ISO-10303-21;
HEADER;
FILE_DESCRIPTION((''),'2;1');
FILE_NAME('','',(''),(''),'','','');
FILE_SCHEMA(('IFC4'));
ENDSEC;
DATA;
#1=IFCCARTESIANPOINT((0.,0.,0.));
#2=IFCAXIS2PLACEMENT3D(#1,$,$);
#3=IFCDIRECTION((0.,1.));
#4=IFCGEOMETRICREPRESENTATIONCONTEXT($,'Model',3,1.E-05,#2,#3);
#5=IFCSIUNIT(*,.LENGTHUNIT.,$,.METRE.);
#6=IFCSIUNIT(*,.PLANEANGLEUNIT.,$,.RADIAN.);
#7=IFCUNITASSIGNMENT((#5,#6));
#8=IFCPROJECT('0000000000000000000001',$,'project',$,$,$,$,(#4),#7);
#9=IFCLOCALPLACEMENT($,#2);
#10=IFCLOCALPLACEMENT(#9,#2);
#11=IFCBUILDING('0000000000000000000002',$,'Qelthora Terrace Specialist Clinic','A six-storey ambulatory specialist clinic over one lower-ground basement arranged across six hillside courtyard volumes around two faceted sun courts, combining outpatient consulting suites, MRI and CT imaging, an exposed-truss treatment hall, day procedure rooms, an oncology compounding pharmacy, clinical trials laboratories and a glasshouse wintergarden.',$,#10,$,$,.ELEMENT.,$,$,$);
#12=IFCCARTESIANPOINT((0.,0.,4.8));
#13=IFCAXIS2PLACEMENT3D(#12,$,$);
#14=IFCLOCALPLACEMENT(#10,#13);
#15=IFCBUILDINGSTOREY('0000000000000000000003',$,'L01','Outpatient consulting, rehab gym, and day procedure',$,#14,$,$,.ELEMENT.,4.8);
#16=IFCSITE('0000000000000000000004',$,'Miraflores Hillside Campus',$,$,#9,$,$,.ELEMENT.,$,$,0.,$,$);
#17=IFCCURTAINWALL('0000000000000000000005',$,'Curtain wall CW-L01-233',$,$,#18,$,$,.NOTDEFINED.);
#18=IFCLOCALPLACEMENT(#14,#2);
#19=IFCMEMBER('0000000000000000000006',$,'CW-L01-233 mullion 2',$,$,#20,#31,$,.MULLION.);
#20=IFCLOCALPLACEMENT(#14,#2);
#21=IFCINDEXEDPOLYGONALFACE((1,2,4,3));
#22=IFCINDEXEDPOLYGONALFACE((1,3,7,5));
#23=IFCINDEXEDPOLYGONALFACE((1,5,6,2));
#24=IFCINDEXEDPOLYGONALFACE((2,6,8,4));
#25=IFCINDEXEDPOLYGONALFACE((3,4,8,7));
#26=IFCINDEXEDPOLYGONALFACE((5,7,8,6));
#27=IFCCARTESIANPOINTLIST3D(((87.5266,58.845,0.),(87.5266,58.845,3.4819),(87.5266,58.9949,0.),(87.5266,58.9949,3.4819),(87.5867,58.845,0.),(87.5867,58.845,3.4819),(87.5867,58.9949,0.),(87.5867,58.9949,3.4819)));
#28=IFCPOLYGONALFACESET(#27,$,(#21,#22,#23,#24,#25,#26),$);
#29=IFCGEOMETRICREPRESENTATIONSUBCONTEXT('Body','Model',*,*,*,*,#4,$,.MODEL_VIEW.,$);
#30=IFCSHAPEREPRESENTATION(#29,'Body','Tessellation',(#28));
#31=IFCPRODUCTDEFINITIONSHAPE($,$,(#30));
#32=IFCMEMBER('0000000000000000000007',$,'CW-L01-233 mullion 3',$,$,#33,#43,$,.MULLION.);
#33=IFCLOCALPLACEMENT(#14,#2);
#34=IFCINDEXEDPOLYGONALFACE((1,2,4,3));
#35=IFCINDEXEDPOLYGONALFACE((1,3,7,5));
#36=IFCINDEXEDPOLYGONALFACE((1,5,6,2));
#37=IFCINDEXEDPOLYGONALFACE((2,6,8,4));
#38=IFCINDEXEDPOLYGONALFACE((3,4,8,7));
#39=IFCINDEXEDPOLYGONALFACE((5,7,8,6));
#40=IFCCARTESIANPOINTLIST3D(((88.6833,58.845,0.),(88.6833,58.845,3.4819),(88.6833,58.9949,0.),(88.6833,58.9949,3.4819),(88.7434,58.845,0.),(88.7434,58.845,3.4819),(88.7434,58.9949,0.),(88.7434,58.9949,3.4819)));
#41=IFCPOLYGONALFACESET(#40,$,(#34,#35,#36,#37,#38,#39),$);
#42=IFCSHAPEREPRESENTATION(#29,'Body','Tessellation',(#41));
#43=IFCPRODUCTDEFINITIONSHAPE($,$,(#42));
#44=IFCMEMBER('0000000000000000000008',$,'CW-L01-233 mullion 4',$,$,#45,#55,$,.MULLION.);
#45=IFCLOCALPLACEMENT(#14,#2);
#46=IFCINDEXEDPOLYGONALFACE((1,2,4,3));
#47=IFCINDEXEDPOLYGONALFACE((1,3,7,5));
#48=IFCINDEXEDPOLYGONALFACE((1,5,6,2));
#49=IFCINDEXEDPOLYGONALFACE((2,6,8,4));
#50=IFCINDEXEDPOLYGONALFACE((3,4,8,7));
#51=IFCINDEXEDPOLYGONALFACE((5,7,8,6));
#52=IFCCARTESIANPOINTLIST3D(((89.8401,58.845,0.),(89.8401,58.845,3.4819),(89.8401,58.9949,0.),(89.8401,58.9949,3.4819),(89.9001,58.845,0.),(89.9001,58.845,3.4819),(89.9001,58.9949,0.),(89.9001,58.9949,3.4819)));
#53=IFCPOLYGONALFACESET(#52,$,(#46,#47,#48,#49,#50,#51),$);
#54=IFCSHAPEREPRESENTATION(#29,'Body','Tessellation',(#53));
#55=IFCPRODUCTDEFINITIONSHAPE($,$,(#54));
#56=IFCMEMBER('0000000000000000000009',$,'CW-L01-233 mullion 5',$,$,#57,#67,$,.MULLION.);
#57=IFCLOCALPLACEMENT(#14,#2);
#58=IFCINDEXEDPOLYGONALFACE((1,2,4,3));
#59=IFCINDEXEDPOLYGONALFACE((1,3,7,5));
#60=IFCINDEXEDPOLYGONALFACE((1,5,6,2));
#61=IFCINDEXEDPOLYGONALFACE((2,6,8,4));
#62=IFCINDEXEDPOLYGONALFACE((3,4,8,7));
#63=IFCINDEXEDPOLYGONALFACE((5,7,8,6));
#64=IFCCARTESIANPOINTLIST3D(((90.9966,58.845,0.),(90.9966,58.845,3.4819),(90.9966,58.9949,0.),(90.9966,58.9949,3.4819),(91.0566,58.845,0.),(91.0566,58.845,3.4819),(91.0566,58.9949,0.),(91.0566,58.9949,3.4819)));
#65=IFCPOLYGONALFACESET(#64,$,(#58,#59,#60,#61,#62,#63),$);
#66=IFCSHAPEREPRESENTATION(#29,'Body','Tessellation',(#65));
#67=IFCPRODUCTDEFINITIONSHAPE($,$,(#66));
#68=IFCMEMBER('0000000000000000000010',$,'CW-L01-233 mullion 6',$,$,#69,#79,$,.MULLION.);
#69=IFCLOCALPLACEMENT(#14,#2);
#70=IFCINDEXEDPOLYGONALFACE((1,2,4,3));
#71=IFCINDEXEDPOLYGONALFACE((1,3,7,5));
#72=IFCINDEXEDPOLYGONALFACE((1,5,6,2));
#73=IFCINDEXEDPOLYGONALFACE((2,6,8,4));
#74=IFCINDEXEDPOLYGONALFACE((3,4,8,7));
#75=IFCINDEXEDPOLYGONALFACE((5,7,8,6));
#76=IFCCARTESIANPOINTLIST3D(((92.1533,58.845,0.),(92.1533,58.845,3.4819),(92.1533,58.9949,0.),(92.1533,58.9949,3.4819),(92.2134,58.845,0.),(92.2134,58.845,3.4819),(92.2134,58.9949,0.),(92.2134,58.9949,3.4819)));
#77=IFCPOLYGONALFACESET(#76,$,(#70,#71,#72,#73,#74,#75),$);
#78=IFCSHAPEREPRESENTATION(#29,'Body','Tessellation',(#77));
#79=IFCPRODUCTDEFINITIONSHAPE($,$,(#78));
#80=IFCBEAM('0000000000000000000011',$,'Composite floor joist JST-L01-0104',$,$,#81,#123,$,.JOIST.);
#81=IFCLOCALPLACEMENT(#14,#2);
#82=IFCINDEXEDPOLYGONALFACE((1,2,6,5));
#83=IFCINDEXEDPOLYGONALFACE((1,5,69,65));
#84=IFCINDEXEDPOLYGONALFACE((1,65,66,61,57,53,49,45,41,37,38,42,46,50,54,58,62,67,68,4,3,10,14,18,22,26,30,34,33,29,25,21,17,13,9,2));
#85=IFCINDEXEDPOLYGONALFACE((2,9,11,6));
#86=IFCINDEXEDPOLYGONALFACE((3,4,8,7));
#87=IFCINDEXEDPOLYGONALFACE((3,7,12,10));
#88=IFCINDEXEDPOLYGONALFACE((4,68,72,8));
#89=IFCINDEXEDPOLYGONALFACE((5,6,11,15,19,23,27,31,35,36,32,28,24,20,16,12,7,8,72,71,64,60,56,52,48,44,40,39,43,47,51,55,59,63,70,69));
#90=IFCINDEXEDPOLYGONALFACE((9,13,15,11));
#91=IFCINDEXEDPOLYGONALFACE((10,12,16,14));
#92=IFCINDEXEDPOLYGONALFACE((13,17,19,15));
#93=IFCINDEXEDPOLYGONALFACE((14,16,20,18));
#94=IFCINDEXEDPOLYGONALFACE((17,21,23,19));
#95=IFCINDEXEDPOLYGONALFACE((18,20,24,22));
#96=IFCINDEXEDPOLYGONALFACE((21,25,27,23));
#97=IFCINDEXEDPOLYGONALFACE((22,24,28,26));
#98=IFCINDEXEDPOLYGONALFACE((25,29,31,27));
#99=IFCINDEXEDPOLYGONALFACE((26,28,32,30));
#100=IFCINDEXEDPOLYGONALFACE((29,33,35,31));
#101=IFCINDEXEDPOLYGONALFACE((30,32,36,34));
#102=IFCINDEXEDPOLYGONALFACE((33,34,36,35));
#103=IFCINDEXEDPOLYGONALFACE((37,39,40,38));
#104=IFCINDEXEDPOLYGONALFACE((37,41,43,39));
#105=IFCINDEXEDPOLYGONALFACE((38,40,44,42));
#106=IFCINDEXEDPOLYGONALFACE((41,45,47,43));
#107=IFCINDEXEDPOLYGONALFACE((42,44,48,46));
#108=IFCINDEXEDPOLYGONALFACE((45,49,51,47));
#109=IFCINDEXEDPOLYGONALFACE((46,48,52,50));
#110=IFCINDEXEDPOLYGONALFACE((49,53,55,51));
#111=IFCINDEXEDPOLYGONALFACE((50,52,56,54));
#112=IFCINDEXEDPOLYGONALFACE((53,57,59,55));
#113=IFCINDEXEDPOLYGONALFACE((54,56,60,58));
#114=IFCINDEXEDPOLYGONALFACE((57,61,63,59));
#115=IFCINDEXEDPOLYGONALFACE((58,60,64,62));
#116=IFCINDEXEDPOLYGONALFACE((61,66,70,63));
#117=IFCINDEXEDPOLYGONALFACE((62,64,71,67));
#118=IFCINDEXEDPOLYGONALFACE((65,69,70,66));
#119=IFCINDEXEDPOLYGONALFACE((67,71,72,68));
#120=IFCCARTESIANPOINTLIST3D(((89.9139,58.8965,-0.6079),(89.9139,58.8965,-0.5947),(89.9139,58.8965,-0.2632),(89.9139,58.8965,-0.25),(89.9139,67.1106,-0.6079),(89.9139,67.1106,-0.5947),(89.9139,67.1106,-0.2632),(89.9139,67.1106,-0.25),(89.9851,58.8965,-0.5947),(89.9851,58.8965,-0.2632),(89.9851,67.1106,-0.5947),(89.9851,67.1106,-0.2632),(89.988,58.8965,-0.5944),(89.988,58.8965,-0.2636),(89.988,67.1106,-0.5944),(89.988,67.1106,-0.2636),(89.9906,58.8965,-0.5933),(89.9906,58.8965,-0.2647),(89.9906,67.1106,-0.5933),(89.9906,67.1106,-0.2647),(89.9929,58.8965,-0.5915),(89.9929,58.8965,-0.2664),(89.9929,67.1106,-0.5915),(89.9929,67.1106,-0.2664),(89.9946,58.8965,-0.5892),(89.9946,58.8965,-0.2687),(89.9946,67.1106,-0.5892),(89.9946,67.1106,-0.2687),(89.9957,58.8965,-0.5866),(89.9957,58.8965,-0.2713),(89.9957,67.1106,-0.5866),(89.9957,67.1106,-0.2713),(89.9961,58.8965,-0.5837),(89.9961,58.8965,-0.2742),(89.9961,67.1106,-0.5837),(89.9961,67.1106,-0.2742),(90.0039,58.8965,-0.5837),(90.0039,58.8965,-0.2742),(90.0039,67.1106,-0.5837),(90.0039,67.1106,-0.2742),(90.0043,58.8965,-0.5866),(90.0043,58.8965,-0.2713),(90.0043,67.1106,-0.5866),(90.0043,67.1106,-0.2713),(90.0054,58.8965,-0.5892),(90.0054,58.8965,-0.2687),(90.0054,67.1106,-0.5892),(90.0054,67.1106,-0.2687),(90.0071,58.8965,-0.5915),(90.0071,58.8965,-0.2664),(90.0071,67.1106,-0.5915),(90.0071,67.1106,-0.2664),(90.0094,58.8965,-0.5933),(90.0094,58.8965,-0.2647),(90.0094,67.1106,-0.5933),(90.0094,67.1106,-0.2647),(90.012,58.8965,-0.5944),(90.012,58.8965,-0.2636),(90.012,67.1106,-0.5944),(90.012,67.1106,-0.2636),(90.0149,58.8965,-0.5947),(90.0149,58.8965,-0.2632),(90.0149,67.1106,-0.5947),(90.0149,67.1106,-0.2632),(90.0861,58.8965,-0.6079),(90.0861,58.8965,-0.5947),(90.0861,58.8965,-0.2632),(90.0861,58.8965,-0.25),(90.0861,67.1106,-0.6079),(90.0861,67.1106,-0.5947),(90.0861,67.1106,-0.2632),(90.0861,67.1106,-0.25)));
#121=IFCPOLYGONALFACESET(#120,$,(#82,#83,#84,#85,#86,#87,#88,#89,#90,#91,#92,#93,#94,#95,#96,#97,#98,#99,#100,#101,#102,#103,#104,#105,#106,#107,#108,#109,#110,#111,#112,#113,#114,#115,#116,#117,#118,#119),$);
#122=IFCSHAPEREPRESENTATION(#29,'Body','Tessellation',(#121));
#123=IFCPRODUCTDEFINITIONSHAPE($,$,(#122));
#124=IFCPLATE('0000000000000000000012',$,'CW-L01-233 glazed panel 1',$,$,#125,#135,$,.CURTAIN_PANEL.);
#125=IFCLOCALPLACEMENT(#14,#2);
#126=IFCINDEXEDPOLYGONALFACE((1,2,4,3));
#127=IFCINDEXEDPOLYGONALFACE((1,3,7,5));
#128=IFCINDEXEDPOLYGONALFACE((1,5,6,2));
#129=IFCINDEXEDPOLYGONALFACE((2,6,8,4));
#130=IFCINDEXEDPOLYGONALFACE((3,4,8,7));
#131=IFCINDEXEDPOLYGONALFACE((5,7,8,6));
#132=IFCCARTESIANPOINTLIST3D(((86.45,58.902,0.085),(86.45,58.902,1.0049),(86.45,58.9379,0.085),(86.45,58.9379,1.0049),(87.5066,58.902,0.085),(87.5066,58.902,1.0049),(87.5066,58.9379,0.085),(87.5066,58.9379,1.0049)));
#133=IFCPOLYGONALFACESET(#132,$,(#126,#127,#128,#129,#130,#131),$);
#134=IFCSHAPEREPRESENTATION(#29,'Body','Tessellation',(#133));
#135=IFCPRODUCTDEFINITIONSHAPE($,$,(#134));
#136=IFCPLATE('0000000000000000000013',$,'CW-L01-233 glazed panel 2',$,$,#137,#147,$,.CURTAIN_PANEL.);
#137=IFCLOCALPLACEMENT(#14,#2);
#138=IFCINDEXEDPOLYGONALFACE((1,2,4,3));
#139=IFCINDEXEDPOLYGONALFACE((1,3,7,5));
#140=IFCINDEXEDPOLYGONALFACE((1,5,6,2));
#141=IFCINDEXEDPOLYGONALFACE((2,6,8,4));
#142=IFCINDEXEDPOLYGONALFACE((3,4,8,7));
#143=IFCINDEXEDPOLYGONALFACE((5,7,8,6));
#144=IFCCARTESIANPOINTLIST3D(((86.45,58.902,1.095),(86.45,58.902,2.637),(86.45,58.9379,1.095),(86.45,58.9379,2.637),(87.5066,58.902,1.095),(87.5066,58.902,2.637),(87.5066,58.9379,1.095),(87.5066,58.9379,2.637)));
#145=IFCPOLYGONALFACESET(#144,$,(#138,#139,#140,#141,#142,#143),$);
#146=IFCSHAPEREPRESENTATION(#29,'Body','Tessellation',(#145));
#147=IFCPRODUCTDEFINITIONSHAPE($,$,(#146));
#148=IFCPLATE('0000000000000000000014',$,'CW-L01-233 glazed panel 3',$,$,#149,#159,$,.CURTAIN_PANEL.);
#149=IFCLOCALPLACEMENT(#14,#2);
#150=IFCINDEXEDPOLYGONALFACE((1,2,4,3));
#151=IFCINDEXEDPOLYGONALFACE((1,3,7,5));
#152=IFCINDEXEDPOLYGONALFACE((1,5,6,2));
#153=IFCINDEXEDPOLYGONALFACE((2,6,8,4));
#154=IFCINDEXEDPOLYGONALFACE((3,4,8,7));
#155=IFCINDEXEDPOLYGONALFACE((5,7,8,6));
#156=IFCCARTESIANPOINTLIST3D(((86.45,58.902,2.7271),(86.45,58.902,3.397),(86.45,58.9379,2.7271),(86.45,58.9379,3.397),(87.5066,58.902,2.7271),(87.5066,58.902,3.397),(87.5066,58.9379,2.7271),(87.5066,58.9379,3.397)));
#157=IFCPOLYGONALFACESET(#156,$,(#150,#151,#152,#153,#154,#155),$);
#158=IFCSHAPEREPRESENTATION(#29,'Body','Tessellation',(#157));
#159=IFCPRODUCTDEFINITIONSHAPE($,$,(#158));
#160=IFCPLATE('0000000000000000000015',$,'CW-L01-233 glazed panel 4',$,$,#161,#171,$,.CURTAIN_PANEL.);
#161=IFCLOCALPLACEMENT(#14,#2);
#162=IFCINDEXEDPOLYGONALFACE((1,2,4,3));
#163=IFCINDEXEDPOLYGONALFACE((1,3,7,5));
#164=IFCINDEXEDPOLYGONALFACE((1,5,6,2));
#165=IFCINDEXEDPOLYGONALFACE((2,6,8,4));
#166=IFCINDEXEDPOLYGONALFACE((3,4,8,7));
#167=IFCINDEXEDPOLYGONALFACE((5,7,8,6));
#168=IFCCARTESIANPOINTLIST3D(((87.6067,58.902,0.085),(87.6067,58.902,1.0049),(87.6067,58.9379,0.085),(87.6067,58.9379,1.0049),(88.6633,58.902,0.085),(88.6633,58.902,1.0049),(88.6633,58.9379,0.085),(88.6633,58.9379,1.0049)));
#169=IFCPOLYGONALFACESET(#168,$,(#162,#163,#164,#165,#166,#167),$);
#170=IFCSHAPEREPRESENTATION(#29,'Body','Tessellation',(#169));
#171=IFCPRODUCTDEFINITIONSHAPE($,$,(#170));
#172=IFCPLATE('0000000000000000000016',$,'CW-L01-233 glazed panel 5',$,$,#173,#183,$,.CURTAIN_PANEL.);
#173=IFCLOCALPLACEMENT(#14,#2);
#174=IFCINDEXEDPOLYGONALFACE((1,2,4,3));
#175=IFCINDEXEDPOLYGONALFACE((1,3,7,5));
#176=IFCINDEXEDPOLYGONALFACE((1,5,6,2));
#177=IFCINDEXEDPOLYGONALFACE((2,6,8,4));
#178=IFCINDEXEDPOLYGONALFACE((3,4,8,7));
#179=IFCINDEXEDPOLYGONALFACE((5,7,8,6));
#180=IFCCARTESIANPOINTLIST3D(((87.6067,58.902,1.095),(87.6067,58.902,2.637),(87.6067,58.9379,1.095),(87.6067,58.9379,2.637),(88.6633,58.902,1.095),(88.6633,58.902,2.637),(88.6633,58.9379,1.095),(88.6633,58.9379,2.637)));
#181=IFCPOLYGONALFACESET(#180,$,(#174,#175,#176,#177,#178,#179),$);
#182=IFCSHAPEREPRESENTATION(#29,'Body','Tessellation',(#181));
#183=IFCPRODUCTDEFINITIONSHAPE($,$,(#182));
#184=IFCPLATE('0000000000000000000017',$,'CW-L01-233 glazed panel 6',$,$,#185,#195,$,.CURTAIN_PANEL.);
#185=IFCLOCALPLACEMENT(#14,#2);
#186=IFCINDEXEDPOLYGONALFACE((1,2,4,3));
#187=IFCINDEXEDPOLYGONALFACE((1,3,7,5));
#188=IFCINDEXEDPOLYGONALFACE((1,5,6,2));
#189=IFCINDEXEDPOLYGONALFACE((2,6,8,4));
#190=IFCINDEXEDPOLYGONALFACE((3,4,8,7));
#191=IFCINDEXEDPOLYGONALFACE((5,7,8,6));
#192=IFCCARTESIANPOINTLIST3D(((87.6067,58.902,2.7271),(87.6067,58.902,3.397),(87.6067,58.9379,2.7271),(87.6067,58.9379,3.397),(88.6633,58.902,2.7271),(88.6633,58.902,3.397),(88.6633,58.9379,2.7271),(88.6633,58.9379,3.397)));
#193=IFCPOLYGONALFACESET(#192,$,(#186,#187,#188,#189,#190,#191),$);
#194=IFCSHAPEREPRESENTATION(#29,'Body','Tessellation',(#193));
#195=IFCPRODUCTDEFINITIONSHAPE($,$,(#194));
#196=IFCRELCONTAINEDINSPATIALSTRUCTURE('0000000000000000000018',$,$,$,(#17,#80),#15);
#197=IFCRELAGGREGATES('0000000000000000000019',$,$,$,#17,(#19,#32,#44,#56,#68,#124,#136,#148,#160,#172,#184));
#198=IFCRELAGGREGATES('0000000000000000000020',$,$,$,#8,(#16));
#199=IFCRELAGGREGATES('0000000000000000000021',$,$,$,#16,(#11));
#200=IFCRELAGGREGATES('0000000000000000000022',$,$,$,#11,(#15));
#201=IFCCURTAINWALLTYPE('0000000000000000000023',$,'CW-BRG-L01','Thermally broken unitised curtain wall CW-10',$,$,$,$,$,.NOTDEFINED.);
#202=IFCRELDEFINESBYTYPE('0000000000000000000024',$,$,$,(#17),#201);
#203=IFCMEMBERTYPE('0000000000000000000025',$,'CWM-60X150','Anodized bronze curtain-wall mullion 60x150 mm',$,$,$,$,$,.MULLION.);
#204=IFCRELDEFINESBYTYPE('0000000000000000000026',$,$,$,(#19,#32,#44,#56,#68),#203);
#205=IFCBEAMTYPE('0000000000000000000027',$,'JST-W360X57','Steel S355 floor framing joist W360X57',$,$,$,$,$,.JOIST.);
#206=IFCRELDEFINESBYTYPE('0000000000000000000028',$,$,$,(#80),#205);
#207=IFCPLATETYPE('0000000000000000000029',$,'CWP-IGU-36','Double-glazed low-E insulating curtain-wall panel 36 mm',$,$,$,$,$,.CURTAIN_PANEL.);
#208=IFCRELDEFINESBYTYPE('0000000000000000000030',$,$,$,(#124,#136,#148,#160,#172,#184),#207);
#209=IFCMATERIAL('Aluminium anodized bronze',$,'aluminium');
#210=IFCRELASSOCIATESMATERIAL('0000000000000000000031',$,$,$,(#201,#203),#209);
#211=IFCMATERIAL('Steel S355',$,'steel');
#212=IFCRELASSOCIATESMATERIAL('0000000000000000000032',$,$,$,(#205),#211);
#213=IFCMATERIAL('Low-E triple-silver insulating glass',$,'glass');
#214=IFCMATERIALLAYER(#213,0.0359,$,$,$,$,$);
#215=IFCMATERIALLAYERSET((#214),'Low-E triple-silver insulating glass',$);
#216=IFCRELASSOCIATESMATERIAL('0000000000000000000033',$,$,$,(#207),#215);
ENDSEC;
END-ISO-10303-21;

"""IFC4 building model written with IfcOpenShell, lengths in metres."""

from ifc_helpers import new_model, si_unit, direction, frame, origin, origin_2d, place, context, subcontext, project, spatial, rectangle, i_section, extrude, material, layer, layer_set, material_profile, profile_set, type_object, element, aggregate, save


model = new_model("IFC4")

# Units and contexts
model_context = context("Model", 3, precision=1e-05, world=origin(), true_north=direction((0.0, 1.0)))
body_context = subcontext(model_context, "Body", "Model", "MODEL_VIEW")
ifc_project = project(units=[si_unit("LENGTHUNIT", "METRE"), si_unit("PLANEANGLEUNIT", "RADIAN")], contexts=[model_context])

# Site, building, storey
site_placement = place(None, origin())
site = spatial("IfcSite", under=ifc_project, at=site_placement, Name="Miraflores Hillside Campus", CompositionType="ELEMENT", RefElevation=0.0)
building_placement = place(site_placement, origin())
building = spatial("IfcBuilding", under=site, at=building_placement, Name="Qelthora Terrace Specialist Clinic", Description="A six-storey ambulatory specialist clinic over one lower-ground basement arranged across six hillside courtyard volumes around two faceted sun courts, combining outpatient consulting suites, MRI and CT imaging, an exposed-truss treatment hall, day procedure rooms, an oncology compounding pharmacy, clinical trials laboratories and a glasshouse wintergarden.", CompositionType="ELEMENT")
storey_placement = place(building_placement, frame((0.0, 0.0, 4.8)))
storey = spatial("IfcBuildingStorey", under=building, at=storey_placement, Name="L01", Description="Outpatient consulting, rehab gym, and day procedure", CompositionType="ELEMENT", Elevation=4.8)

# Curtain wall, members
ifc_material_1 = material(Name="Aluminium anodized bronze", Category="aluminium")
curtain_wall_type = type_object("IfcCurtainWallType", Name="CW-BRG-L01", Description="Thermally broken unitised curtain wall CW-10", PredefinedType="NOTDEFINED", material=ifc_material_1)
curtain_wall_placement = place(storey_placement, origin())
curtain_wall = element("IfcCurtainWall", 1, at=curtain_wall_placement, inside=storey, type_object=curtain_wall_type, Name="Curtain wall CW-L01-233", PredefinedType="NOTDEFINED")
ifc_material_profile_1 = material_profile(ifc_material_1, rectangle(XDim=0.0601, YDim=0.1499, at=origin_2d()), Name="CWM60X150")
ifc_profile_set_1 = profile_set([ifc_material_profile_1], Name="Aluminium anodized bronze")
member_type = type_object("IfcMemberType", Name="CWM-60X150", Description="Anodized bronze curtain-wall mullion 60x150 mm", PredefinedType="MULLION", material=ifc_profile_set_1)
member_1_placement = place(storey_placement, frame((87.5566, 58.9199, 0.0), z_axis=(0.0, 0.0, 1.0), x_axis=(1.0, 0.0, 0.0)))
member_1 = element("IfcMember", 2, at=member_1_placement, type_object=member_type, Name="CW-L01-233 mullion 2", PredefinedType="MULLION", context=body_context, shape_type="SweptSolid", body=[
    extrude(rectangle(XDim=0.0601, YDim=0.1499, at=origin_2d()), origin(), (0.0, 0.0, 1.0), 3.4819),
])
member_2_placement = place(storey_placement, frame((88.7134, 58.9199, 0.0), z_axis=(0.0, 0.0, 1.0), x_axis=(1.0, 0.0, 0.0)))
member_2 = element("IfcMember", 3, at=member_2_placement, type_object=member_type, Name="CW-L01-233 mullion 3", PredefinedType="MULLION", context=body_context, shape_type="SweptSolid", body=[
    extrude(rectangle(XDim=0.0601, YDim=0.1499, at=origin_2d()), origin(), (0.0, 0.0, 1.0), 3.4819),
])
member_3_placement = place(storey_placement, frame((89.8701, 58.9199, 0.0), z_axis=(0.0, 0.0, 1.0), x_axis=(1.0, 0.0, 0.0)))
member_3 = element("IfcMember", 4, at=member_3_placement, type_object=member_type, Name="CW-L01-233 mullion 4", PredefinedType="MULLION", context=body_context, shape_type="SweptSolid", body=[
    extrude(rectangle(XDim=0.0601, YDim=0.1499, at=origin_2d()), origin(), (0.0, 0.0, 1.0), 3.4819),
])
member_4_placement = place(storey_placement, frame((91.0266, 58.9199, 0.0), z_axis=(0.0, 0.0, 1.0), x_axis=(1.0, 0.0, 0.0)))
member_4 = element("IfcMember", 5, at=member_4_placement, type_object=member_type, Name="CW-L01-233 mullion 5", PredefinedType="MULLION", context=body_context, shape_type="SweptSolid", body=[
    extrude(rectangle(XDim=0.0601, YDim=0.1499, at=origin_2d()), origin(), (0.0, 0.0, 1.0), 3.4819),
])
member_5_placement = place(storey_placement, frame((92.1833, 58.9199, 0.0), z_axis=(0.0, 0.0, 1.0), x_axis=(1.0, 0.0, 0.0)))
member_5 = element("IfcMember", 6, at=member_5_placement, type_object=member_type, Name="CW-L01-233 mullion 6", PredefinedType="MULLION", context=body_context, shape_type="SweptSolid", body=[
    extrude(rectangle(XDim=0.0601, YDim=0.1499, at=origin_2d()), origin(), (0.0, 0.0, 1.0), 3.4819),
])

# Beam
ifc_material_2 = material(Name="Steel S355", Category="steel")
ifc_material_profile_2 = material_profile(ifc_material_2, i_section(OverallWidth=0.1721, OverallDepth=0.3579, WebThickness=0.0078, FlangeThickness=0.0132, FilletRadius=0.011, at=origin_2d()), Name="W360X57")
ifc_profile_set_2 = profile_set([ifc_material_profile_2], Name="Steel S355")
beam_type = type_object("IfcBeamType", Name="JST-W360X57", Description="Steel S355 floor framing joist W360X57", PredefinedType="JOIST", material=ifc_profile_set_2)
beam_placement = place(storey_placement, frame((90.0, 58.8965, -0.429), z_axis=(0.0, 1.0, 0.0), x_axis=(-1.0, 0.0, 0.0)))
element("IfcBeam", 7, at=beam_placement, inside=storey, type_object=beam_type, Name="Composite floor joist JST-L01-0104", PredefinedType="JOIST", context=body_context, shape_type="SweptSolid", body=[
    extrude(i_section(OverallWidth=0.1721, OverallDepth=0.3579, WebThickness=0.0078, FlangeThickness=0.0132, FilletRadius=0.011, at=origin_2d()), origin(), (0.0, 0.0, 1.0), 8.2141),
])

# Plates
ifc_material_3 = material(Name="Low-E triple-silver insulating glass", Category="glass")
ifc_layer = layer(ifc_material_3, 0.0359)
ifc_layer_set = layer_set([ifc_layer], Name="Low-E triple-silver insulating glass")
plate_type = type_object("IfcPlateType", Name="CWP-IGU-36", Description="Double-glazed low-E insulating curtain-wall panel 36 mm", PredefinedType="CURTAIN_PANEL", material=ifc_layer_set)
plate_1_placement = place(storey_placement, frame((86.9783, 58.9199, 0.085), z_axis=(0.0, 0.0, 1.0), x_axis=(1.0, 0.0, 0.0)))
plate_1 = element("IfcPlate", 8, at=plate_1_placement, type_object=plate_type, Name="CW-L01-233 glazed panel 1", PredefinedType="CURTAIN_PANEL", context=body_context, shape_type="SweptSolid", body=[
    extrude(rectangle(XDim=1.0566, YDim=0.0359, at=origin_2d()), origin(), (0.0, 0.0, 1.0), 0.9199),
])
plate_2_placement = place(storey_placement, frame((86.9783, 58.9199, 1.095), z_axis=(0.0, 0.0, 1.0), x_axis=(1.0, 0.0, 0.0)))
plate_2 = element("IfcPlate", 9, at=plate_2_placement, type_object=plate_type, Name="CW-L01-233 glazed panel 2", PredefinedType="CURTAIN_PANEL", context=body_context, shape_type="SweptSolid", body=[
    extrude(rectangle(XDim=1.0566, YDim=0.0359, at=origin_2d()), origin(), (0.0, 0.0, 1.0), 1.542),
])
plate_3_placement = place(storey_placement, frame((86.9783, 58.9199, 2.7271), z_axis=(0.0, 0.0, 1.0), x_axis=(1.0, 0.0, 0.0)))
plate_3 = element("IfcPlate", 10, at=plate_3_placement, type_object=plate_type, Name="CW-L01-233 glazed panel 3", PredefinedType="CURTAIN_PANEL", context=body_context, shape_type="SweptSolid", body=[
    extrude(rectangle(XDim=1.0566, YDim=0.0359, at=origin_2d()), origin(), (0.0, 0.0, 1.0), 0.6699),
])
plate_4_placement = place(storey_placement, frame((88.135, 58.9199, 0.085), z_axis=(0.0, 0.0, 1.0), x_axis=(1.0, 0.0, 0.0)))
plate_4 = element("IfcPlate", 11, at=plate_4_placement, type_object=plate_type, Name="CW-L01-233 glazed panel 4", PredefinedType="CURTAIN_PANEL", context=body_context, shape_type="SweptSolid", body=[
    extrude(rectangle(XDim=1.0566, YDim=0.0359, at=origin_2d()), origin(), (0.0, 0.0, 1.0), 0.9199),
])
plate_5_placement = place(storey_placement, frame((88.135, 58.9199, 1.095), z_axis=(0.0, 0.0, 1.0), x_axis=(1.0, 0.0, 0.0)))
plate_5 = element("IfcPlate", 12, at=plate_5_placement, type_object=plate_type, Name="CW-L01-233 glazed panel 5", PredefinedType="CURTAIN_PANEL", context=body_context, shape_type="SweptSolid", body=[
    extrude(rectangle(XDim=1.0566, YDim=0.0359, at=origin_2d()), origin(), (0.0, 0.0, 1.0), 1.542),
])
plate_6_placement = place(storey_placement, frame((88.135, 58.9199, 2.7271), z_axis=(0.0, 0.0, 1.0), x_axis=(1.0, 0.0, 0.0)))
plate_6 = element("IfcPlate", 13, at=plate_6_placement, type_object=plate_type, Name="CW-L01-233 glazed panel 6", PredefinedType="CURTAIN_PANEL", context=body_context, shape_type="SweptSolid", body=[
    extrude(rectangle(XDim=1.0566, YDim=0.0359, at=origin_2d()), origin(), (0.0, 0.0, 1.0), 0.6699),
])
aggregate(curtain_wall, [member_1, member_2, member_3, member_4, member_5, plate_1, plate_2, plate_3, plate_4, plate_5, plate_6])

save(model, "model.ifc")
